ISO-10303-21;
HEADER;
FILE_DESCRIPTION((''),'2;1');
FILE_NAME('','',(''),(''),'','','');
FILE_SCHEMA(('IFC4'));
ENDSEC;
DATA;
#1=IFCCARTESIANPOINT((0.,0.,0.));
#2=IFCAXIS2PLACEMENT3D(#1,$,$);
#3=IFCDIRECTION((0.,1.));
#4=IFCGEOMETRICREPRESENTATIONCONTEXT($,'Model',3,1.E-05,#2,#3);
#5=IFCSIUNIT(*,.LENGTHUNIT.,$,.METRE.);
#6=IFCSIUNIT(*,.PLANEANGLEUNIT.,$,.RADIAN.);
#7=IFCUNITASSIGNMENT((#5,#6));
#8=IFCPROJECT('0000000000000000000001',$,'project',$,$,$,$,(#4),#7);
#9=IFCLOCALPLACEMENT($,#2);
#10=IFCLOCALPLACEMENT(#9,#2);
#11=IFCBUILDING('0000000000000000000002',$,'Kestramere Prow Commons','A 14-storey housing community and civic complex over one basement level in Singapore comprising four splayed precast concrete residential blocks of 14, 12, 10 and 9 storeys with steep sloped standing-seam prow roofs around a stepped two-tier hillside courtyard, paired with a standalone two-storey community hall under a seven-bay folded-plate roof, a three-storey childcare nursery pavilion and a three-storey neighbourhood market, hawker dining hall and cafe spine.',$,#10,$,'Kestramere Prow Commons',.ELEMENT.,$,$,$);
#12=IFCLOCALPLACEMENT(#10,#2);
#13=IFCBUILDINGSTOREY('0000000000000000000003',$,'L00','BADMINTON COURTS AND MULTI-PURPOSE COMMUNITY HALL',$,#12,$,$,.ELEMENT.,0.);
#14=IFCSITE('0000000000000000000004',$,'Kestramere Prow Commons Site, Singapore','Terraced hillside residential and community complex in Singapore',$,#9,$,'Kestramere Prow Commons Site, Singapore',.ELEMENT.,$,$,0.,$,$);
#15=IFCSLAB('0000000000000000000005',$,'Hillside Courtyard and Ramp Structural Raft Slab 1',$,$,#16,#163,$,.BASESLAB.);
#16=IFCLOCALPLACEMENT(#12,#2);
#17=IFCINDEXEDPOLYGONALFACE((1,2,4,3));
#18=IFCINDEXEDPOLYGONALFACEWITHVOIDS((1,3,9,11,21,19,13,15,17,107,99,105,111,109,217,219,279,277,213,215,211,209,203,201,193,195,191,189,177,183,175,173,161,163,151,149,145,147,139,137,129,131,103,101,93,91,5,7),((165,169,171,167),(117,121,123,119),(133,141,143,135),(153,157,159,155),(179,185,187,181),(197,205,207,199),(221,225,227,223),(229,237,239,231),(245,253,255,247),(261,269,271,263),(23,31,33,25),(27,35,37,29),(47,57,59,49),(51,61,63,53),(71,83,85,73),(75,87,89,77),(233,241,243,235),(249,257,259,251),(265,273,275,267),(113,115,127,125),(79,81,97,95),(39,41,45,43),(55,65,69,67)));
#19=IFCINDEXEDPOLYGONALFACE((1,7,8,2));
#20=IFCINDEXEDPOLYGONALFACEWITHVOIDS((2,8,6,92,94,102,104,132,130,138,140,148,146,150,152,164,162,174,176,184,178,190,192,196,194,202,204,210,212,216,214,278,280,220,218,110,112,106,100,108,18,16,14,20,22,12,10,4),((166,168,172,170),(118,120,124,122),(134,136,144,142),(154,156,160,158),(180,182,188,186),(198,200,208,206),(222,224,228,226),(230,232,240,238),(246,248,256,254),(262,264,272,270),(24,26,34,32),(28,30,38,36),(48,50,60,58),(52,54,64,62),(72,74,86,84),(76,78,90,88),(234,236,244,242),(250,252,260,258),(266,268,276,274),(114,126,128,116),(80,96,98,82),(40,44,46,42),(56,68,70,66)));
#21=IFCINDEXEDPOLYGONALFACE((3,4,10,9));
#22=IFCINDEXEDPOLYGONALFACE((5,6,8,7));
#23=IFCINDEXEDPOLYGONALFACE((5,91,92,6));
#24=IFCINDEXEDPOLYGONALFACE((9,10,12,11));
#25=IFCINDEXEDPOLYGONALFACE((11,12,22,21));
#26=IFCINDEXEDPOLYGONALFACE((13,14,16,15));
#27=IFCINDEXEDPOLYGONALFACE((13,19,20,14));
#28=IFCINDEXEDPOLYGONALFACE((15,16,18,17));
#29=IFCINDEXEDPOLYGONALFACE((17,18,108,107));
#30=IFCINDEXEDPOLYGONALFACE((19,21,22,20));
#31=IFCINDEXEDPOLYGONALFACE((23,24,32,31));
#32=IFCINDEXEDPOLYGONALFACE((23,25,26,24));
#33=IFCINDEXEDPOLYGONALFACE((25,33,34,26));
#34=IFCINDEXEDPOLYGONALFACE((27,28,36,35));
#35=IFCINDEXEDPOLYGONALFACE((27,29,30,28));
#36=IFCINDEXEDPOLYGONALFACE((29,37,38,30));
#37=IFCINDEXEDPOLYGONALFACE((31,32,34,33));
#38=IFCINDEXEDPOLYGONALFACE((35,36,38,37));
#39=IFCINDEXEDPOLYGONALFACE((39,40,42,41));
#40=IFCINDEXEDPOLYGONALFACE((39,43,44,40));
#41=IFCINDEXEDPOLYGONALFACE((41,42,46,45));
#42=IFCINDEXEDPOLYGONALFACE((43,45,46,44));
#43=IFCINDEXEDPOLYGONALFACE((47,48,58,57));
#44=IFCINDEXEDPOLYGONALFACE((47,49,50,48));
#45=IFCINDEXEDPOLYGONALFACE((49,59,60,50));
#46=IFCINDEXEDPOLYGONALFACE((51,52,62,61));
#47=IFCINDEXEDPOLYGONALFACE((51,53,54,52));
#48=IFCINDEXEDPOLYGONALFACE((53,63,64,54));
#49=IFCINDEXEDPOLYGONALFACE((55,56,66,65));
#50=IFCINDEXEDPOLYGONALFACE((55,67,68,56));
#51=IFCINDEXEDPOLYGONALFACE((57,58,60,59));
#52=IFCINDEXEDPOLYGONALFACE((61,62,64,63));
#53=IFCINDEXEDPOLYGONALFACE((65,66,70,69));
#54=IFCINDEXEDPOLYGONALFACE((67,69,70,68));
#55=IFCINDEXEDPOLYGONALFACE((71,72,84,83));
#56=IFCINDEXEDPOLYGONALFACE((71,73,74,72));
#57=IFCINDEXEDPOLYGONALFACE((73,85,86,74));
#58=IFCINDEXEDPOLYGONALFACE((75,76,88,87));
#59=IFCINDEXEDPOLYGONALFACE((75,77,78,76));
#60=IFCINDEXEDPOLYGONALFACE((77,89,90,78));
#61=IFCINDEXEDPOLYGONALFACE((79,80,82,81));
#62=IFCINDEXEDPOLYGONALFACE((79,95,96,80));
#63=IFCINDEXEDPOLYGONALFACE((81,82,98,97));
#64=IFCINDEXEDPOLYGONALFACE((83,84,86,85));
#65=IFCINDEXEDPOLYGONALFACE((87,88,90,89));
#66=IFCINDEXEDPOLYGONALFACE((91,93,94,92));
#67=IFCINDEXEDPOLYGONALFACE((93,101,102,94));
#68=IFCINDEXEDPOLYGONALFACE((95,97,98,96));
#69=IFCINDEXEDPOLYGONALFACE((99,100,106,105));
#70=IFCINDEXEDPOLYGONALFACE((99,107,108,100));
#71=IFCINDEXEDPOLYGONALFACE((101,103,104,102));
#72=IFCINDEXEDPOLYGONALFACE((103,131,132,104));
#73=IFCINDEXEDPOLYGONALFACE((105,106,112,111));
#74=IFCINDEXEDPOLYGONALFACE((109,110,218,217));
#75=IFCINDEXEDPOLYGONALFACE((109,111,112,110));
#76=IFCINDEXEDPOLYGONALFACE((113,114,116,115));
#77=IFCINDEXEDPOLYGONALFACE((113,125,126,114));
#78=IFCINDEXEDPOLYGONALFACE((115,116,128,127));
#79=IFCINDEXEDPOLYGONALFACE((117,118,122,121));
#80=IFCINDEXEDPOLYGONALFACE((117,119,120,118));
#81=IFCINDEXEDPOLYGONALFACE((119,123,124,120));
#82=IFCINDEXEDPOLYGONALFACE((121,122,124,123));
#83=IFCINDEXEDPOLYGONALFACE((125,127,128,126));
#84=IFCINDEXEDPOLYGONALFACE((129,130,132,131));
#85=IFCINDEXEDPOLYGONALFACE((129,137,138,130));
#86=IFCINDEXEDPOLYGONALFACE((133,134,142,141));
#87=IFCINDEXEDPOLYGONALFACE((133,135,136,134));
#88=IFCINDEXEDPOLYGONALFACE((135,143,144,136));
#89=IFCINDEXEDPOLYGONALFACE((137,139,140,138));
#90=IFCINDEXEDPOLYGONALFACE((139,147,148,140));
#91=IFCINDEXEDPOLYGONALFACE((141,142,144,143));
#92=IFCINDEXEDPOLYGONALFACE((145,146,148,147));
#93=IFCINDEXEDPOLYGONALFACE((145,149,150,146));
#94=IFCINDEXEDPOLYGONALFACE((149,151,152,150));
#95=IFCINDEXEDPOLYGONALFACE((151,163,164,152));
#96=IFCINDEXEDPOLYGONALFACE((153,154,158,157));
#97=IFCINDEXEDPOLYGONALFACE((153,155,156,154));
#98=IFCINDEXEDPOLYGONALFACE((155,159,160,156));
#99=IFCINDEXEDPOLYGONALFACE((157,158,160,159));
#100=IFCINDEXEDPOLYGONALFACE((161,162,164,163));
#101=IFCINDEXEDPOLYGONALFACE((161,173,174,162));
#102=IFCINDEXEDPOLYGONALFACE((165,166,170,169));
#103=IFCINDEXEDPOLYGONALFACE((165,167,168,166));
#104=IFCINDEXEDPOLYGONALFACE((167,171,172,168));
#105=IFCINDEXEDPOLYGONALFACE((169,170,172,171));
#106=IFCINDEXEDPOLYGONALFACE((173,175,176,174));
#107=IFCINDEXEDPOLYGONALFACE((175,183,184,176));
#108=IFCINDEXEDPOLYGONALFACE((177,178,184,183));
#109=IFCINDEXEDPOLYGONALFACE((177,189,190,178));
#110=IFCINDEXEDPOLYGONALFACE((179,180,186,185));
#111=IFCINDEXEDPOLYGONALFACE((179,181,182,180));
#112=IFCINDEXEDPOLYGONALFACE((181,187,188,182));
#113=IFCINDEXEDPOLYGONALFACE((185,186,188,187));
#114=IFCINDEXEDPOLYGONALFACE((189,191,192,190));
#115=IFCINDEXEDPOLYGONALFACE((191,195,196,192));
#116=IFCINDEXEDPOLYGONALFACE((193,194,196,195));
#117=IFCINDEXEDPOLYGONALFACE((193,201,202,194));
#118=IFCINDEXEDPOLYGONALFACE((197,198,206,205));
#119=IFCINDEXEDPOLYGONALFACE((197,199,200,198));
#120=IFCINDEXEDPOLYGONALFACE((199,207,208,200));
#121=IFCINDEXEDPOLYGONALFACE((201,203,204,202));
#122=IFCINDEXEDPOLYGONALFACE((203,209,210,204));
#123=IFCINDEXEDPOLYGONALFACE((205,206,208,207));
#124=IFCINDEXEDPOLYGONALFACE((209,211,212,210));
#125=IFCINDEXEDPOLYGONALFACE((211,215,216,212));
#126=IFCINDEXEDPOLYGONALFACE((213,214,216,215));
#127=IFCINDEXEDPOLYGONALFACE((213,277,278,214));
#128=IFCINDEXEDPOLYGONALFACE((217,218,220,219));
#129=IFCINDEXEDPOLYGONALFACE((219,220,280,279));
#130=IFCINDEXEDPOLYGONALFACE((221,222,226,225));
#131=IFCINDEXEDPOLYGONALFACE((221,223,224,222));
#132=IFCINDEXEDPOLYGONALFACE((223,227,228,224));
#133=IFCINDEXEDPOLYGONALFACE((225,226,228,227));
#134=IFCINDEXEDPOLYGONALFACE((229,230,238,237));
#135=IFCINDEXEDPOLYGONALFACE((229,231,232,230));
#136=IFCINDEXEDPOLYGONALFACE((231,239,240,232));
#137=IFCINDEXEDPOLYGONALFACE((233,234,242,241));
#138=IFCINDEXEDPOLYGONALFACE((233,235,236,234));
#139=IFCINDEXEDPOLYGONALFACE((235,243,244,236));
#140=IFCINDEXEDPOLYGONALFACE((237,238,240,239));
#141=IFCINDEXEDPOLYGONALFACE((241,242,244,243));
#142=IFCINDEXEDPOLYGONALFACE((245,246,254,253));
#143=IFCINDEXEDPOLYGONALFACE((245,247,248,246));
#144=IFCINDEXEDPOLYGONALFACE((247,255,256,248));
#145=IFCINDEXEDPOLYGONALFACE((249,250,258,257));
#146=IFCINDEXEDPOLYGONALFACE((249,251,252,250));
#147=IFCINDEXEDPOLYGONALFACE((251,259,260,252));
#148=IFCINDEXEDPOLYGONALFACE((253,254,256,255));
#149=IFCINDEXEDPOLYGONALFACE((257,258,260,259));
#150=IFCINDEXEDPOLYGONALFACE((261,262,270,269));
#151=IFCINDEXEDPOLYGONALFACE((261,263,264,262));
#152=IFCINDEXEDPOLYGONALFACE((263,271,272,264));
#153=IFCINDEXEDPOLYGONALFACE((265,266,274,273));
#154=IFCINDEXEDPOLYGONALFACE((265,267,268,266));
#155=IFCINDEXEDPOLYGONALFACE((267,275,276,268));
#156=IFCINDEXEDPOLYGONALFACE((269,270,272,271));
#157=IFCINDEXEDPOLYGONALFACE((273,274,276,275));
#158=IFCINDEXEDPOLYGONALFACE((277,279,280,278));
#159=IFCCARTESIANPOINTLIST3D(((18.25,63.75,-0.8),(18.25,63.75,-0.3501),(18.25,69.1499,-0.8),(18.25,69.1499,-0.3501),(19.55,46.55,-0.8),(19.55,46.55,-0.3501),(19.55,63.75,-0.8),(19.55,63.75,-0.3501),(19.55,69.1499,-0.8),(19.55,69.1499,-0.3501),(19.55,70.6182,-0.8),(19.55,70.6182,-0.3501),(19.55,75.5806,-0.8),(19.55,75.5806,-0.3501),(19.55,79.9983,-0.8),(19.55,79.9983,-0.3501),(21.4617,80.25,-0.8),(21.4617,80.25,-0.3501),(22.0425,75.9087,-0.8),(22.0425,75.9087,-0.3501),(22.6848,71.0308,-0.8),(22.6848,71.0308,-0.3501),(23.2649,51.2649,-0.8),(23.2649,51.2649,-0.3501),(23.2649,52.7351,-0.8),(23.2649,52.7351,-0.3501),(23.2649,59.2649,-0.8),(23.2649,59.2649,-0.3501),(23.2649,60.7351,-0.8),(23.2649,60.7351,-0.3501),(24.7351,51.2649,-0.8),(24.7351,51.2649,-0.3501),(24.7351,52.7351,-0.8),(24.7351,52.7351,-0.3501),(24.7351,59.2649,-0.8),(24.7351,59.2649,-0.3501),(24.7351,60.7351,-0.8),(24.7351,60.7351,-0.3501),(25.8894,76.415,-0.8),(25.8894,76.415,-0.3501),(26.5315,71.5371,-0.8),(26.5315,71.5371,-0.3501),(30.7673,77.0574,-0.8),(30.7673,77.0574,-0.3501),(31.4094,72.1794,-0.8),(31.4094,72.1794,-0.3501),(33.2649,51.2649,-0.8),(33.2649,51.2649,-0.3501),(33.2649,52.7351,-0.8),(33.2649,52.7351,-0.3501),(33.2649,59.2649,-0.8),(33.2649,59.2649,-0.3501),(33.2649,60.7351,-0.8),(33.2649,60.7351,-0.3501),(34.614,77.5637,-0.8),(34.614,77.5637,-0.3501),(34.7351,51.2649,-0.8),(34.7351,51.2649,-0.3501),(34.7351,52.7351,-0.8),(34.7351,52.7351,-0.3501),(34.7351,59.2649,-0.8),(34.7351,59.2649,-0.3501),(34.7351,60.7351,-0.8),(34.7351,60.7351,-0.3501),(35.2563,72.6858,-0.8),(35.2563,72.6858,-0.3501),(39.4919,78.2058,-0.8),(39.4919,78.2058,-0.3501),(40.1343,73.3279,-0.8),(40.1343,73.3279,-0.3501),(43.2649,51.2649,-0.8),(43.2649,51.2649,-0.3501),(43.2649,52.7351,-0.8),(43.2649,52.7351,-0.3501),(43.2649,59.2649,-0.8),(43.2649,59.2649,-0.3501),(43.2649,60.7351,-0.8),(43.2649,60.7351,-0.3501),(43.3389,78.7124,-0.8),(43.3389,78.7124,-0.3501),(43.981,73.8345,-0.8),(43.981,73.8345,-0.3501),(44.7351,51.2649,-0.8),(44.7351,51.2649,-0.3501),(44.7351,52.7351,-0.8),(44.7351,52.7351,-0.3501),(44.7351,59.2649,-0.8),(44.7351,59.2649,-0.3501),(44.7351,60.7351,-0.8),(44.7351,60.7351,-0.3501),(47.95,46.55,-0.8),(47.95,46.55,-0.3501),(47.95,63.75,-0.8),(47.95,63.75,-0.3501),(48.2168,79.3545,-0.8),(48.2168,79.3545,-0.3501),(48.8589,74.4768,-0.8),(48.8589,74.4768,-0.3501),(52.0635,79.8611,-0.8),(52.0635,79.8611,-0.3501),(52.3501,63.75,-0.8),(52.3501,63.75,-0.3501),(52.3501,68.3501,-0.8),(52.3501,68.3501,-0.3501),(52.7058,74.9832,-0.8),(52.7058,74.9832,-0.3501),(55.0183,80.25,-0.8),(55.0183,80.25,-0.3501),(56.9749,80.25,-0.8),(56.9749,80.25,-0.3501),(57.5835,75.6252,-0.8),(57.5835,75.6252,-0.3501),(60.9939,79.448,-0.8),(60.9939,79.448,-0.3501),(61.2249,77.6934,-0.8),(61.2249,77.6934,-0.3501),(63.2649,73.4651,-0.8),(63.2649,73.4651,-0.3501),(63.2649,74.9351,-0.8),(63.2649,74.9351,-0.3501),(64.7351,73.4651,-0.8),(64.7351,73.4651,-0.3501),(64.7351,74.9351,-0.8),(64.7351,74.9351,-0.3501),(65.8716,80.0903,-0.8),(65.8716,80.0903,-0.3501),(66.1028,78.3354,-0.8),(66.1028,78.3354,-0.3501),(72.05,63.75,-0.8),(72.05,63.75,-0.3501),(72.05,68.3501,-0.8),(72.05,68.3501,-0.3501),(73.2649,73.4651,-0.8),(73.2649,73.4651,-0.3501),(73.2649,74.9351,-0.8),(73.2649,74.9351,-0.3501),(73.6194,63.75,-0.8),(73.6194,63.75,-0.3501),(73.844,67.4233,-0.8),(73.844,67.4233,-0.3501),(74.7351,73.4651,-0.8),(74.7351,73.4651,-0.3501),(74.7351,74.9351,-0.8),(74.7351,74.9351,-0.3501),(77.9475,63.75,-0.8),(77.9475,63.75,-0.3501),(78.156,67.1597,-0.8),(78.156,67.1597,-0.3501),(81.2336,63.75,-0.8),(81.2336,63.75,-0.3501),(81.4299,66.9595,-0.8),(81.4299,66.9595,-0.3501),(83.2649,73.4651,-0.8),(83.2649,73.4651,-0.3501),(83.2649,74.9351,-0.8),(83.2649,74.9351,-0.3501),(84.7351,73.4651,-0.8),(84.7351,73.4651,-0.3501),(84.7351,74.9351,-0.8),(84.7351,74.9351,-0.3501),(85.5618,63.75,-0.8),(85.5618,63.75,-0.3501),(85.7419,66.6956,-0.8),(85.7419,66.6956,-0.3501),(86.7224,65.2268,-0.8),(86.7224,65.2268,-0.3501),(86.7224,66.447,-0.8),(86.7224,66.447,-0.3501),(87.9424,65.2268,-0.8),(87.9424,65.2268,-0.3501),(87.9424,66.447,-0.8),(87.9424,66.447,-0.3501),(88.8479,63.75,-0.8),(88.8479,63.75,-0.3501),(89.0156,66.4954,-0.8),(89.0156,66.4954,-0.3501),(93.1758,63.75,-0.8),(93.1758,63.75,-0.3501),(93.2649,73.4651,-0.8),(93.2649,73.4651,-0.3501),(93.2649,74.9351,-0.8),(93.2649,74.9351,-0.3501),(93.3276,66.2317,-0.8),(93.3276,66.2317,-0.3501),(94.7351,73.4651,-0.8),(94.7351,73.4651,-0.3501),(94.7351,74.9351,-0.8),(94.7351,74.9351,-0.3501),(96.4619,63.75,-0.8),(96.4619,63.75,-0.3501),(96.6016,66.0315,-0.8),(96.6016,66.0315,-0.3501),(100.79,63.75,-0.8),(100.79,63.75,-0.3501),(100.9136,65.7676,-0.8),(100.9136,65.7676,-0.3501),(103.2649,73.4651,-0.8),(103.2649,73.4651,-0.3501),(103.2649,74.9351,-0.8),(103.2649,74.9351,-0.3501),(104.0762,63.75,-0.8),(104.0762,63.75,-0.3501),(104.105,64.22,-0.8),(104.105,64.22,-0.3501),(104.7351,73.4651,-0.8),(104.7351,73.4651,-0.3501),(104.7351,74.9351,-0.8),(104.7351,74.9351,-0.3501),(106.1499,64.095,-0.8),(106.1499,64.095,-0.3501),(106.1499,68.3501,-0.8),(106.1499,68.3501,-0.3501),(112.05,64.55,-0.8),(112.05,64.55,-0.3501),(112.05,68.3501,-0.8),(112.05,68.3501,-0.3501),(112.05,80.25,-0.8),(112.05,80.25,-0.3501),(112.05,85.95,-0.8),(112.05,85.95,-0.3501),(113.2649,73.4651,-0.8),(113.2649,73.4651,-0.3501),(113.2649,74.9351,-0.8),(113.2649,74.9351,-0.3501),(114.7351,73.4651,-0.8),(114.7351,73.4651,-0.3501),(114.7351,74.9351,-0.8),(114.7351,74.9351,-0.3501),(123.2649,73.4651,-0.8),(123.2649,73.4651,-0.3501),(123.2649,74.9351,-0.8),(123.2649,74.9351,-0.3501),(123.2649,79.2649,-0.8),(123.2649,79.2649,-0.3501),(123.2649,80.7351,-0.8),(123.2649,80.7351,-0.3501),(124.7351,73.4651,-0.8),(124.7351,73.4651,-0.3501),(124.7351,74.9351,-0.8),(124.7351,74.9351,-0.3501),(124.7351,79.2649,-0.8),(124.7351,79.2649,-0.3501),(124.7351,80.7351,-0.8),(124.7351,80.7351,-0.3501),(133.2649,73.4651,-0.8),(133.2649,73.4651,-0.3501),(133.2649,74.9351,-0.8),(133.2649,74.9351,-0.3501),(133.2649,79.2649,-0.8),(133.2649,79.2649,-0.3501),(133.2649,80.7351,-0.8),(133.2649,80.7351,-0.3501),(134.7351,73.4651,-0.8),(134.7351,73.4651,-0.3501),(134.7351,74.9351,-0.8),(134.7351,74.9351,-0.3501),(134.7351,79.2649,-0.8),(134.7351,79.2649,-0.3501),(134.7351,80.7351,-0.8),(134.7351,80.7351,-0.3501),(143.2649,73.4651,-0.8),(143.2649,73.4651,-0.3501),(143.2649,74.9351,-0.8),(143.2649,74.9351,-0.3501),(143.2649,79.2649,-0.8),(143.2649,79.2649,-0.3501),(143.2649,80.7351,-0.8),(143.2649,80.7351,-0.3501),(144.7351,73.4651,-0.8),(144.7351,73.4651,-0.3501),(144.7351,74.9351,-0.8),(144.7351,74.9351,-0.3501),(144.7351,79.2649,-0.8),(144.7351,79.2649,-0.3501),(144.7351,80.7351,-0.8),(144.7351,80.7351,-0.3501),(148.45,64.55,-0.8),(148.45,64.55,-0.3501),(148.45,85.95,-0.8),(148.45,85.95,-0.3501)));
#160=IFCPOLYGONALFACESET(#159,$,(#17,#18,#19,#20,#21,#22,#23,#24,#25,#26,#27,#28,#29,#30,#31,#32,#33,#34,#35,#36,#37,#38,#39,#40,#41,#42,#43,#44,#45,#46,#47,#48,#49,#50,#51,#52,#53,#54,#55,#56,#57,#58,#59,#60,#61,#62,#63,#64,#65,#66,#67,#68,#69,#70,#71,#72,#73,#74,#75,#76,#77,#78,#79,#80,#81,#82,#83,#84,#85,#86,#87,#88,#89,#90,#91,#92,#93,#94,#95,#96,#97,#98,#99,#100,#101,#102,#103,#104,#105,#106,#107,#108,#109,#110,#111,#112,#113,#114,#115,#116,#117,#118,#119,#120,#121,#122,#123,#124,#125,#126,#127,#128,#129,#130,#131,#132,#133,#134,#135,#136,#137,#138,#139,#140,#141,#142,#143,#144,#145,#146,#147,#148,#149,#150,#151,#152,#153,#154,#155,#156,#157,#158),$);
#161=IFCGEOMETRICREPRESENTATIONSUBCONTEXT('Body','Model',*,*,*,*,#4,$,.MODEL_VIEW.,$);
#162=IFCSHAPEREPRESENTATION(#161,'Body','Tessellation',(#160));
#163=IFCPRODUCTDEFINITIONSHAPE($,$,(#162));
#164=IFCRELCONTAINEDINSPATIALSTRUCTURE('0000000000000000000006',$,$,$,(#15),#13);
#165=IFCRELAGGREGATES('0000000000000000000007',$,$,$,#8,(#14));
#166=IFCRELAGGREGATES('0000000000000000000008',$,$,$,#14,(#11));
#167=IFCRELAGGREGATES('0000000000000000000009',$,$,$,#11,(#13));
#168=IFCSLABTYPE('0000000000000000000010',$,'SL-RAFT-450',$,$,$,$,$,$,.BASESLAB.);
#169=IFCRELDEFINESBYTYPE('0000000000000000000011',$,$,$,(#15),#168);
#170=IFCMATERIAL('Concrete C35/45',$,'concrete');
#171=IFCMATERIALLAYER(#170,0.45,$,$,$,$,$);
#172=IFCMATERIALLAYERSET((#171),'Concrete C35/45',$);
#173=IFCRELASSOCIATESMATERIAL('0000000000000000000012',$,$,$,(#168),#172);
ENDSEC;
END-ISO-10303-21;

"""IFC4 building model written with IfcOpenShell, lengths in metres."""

from ifc_helpers import new_model, si_unit, direction, frame, origin, place, context, subcontext, project, spatial, polyline, outline, extrude, material, layer, layer_set, type_object, element, save


model = new_model("IFC4")

# Units and contexts
model_context = context("Model", 3, precision=1e-05, world=origin(), true_north=direction((0.0, 1.0)))
body_context = subcontext(model_context, "Body", "Model", "MODEL_VIEW")
ifc_project = project(units=[si_unit("LENGTHUNIT", "METRE"), si_unit("PLANEANGLEUNIT", "RADIAN")], contexts=[model_context])

# Site, building, storey
site_placement = place(None, origin())
site = spatial("IfcSite", under=ifc_project, at=site_placement, Name="Kestramere Prow Commons Site, Singapore", Description="Terraced hillside residential and community complex in Singapore", LongName="Kestramere Prow Commons Site, Singapore", CompositionType="ELEMENT", RefElevation=0.0)
building_placement = place(site_placement, origin())
building = spatial("IfcBuilding", under=site, at=building_placement, Name="Kestramere Prow Commons", Description="A 14-storey housing community and civic complex over one basement level in Singapore comprising four splayed precast concrete residential blocks of 14, 12, 10 and 9 storeys with steep sloped standing-seam prow roofs around a stepped two-tier hillside courtyard, paired with a standalone two-storey community hall under a seven-bay folded-plate roof, a three-storey childcare nursery pavilion and a three-storey neighbourhood market, hawker dining hall and cafe spine.", LongName="Kestramere Prow Commons", CompositionType="ELEMENT")
storey_placement = place(building_placement, origin())
storey = spatial("IfcBuildingStorey", under=building, at=storey_placement, Name="L00", Description="BADMINTON COURTS AND MULTI-PURPOSE COMMUNITY HALL", CompositionType="ELEMENT", Elevation=0.0)

# Slab
ifc_material_1 = material(Name="Concrete C35/45", Category="concrete")
ifc_layer_1 = layer(ifc_material_1, 0.45)
ifc_layer_set_1 = layer_set([ifc_layer_1], Name="Concrete C35/45")
slab_type_1 = type_object("IfcSlabType", Name="SL-RAFT-450", PredefinedType="BASESLAB", material=ifc_layer_set_1)
slab_1_placement = place(storey_placement, frame((0.0, 0.0, -0.8)))
element("IfcSlab", 1, at=slab_1_placement, inside=storey, type_object=slab_type_1, Name="Hillside Courtyard and Ramp Structural Raft Slab 1", PredefinedType="BASESLAB", context=body_context, shape_type="SweptSolid", body=[
    extrude(outline(polyline([(18.25, 63.75), (18.25, 69.1499), (19.55, 69.1499), (19.55, 70.6182), (22.6848, 71.0308), (22.0425, 75.9087), (19.55, 75.5806), (19.55, 79.9983), (21.4617, 80.25), (55.0183, 80.25), (52.0635, 79.8611), (52.7058, 74.9832), (57.5835, 75.6252), (56.9749, 80.25), (112.05, 80.25), (112.05, 85.95), (148.45, 85.95), (148.45, 64.55), (112.05, 64.55), (112.05, 68.3501), (106.1499, 68.3501), (106.1499, 64.095), (104.105, 64.22), (104.0762, 63.75), (100.79, 63.75), (100.9136, 65.7676), (96.6016, 66.0315), (96.4619, 63.75), (93.1758, 63.75), (93.3276, 66.2317), (89.0156, 66.4954), (88.8479, 63.75), (85.5618, 63.75), (85.7419, 66.6956), (81.4299, 66.9595), (81.2336, 63.75), (77.9475, 63.75), (78.156, 67.1597), (73.844, 67.4233), (73.6194, 63.75), (72.05, 63.75), (72.05, 68.3501), (52.3501, 68.3501), (52.3501, 63.75), (47.95, 63.75), (47.95, 46.55), (19.55, 46.55), (19.55, 63.75), (18.25, 63.75)]), holes=[polyline([(44.7351, 52.7351), (43.2649, 52.7351), (43.2649, 51.2649), (44.7351, 51.2649), (44.7351, 52.7351)]), polyline([(34.7351, 51.2649), (34.7351, 52.7351), (33.2649, 52.7351), (33.2649, 51.2649), (34.7351, 51.2649)]), polyline([(24.7351, 51.2649), (24.7351, 52.7351), (23.2649, 52.7351), (23.2649, 51.2649), (24.7351, 51.2649)]), polyline([(44.7351, 59.2649), (44.7351, 60.7351), (43.2649, 60.7351), (43.2649, 59.2649), (44.7351, 59.2649)]), polyline([(24.7351, 59.2649), (24.7351, 60.7351), (23.2649, 60.7351), (23.2649, 59.2649), (24.7351, 59.2649)]), polyline([(34.7351, 59.2649), (34.7351, 60.7351), (33.2649, 60.7351), (33.2649, 59.2649), (34.7351, 59.2649)]), polyline([(31.4094, 72.1794), (30.7673, 77.0574), (25.8894, 76.415), (26.5315, 71.5371), (31.4094, 72.1794)]), polyline([(40.1343, 73.3279), (39.4919, 78.2058), (34.614, 77.5637), (35.2563, 72.6858), (40.1343, 73.3279)]), polyline([(64.7351, 73.4651), (64.7351, 74.9351), (63.2649, 74.9351), (63.2649, 73.4651), (64.7351, 73.4651)]), polyline([(74.7351, 74.9351), (73.2649, 74.9351), (73.2649, 73.4651), (74.7351, 73.4651), (74.7351, 74.9351)]), polyline([(48.8589, 74.4768), (48.2168, 79.3545), (43.3389, 78.7124), (43.981, 73.8345), (48.8589, 74.4768)]), polyline([(66.1028, 78.3354), (65.8716, 80.0903), (60.9939, 79.448), (61.2249, 77.6934), (66.1028, 78.3354)]), polyline([(87.9424, 66.447), (86.7224, 66.447), (86.7224, 65.2268), (87.9424, 65.2268), (87.9424, 66.447)]), polyline([(94.7351, 73.4651), (94.7351, 74.9351), (93.2649, 74.9351), (93.2649, 73.4651), (94.7351, 73.4651)]), polyline([(84.7351, 73.4651), (84.7351, 74.9351), (83.2649, 74.9351), (83.2649, 73.4651), (84.7351, 73.4651)]), polyline([(114.7351, 73.4651), (114.7351, 74.9351), (113.2649, 74.9351), (113.2649, 73.4651), (114.7351, 73.4651)]), polyline([(104.7351, 73.4651), (104.7351, 74.9351), (103.2649, 74.9351), (103.2649, 73.4651), (104.7351, 73.4651)]), polyline([(124.7351, 73.4651), (124.7351, 74.9351), (123.2649, 74.9351), (123.2649, 73.4651), (124.7351, 73.4651)]), polyline([(124.7351, 79.2649), (124.7351, 80.7351), (123.2649, 80.7351), (123.2649, 79.2649), (124.7351, 79.2649)]), polyline([(144.7351, 73.4651), (144.7351, 74.9351), (143.2649, 74.9351), (143.2649, 73.4651), (144.7351, 73.4651)]), polyline([(134.7351, 73.4651), (134.7351, 74.9351), (133.2649, 74.9351), (133.2649, 73.4651), (134.7351, 73.4651)]), polyline([(144.7351, 79.2649), (144.7351, 80.7351), (143.2649, 80.7351), (143.2649, 79.2649), (144.7351, 79.2649)]), polyline([(134.7351, 79.2649), (134.7351, 80.7351), (133.2649, 80.7351), (133.2649, 79.2649), (134.7351, 79.2649)])]), origin(), (0.0, 0.0, 1.0), 0.45),
])

save(model, "model.ifc")
